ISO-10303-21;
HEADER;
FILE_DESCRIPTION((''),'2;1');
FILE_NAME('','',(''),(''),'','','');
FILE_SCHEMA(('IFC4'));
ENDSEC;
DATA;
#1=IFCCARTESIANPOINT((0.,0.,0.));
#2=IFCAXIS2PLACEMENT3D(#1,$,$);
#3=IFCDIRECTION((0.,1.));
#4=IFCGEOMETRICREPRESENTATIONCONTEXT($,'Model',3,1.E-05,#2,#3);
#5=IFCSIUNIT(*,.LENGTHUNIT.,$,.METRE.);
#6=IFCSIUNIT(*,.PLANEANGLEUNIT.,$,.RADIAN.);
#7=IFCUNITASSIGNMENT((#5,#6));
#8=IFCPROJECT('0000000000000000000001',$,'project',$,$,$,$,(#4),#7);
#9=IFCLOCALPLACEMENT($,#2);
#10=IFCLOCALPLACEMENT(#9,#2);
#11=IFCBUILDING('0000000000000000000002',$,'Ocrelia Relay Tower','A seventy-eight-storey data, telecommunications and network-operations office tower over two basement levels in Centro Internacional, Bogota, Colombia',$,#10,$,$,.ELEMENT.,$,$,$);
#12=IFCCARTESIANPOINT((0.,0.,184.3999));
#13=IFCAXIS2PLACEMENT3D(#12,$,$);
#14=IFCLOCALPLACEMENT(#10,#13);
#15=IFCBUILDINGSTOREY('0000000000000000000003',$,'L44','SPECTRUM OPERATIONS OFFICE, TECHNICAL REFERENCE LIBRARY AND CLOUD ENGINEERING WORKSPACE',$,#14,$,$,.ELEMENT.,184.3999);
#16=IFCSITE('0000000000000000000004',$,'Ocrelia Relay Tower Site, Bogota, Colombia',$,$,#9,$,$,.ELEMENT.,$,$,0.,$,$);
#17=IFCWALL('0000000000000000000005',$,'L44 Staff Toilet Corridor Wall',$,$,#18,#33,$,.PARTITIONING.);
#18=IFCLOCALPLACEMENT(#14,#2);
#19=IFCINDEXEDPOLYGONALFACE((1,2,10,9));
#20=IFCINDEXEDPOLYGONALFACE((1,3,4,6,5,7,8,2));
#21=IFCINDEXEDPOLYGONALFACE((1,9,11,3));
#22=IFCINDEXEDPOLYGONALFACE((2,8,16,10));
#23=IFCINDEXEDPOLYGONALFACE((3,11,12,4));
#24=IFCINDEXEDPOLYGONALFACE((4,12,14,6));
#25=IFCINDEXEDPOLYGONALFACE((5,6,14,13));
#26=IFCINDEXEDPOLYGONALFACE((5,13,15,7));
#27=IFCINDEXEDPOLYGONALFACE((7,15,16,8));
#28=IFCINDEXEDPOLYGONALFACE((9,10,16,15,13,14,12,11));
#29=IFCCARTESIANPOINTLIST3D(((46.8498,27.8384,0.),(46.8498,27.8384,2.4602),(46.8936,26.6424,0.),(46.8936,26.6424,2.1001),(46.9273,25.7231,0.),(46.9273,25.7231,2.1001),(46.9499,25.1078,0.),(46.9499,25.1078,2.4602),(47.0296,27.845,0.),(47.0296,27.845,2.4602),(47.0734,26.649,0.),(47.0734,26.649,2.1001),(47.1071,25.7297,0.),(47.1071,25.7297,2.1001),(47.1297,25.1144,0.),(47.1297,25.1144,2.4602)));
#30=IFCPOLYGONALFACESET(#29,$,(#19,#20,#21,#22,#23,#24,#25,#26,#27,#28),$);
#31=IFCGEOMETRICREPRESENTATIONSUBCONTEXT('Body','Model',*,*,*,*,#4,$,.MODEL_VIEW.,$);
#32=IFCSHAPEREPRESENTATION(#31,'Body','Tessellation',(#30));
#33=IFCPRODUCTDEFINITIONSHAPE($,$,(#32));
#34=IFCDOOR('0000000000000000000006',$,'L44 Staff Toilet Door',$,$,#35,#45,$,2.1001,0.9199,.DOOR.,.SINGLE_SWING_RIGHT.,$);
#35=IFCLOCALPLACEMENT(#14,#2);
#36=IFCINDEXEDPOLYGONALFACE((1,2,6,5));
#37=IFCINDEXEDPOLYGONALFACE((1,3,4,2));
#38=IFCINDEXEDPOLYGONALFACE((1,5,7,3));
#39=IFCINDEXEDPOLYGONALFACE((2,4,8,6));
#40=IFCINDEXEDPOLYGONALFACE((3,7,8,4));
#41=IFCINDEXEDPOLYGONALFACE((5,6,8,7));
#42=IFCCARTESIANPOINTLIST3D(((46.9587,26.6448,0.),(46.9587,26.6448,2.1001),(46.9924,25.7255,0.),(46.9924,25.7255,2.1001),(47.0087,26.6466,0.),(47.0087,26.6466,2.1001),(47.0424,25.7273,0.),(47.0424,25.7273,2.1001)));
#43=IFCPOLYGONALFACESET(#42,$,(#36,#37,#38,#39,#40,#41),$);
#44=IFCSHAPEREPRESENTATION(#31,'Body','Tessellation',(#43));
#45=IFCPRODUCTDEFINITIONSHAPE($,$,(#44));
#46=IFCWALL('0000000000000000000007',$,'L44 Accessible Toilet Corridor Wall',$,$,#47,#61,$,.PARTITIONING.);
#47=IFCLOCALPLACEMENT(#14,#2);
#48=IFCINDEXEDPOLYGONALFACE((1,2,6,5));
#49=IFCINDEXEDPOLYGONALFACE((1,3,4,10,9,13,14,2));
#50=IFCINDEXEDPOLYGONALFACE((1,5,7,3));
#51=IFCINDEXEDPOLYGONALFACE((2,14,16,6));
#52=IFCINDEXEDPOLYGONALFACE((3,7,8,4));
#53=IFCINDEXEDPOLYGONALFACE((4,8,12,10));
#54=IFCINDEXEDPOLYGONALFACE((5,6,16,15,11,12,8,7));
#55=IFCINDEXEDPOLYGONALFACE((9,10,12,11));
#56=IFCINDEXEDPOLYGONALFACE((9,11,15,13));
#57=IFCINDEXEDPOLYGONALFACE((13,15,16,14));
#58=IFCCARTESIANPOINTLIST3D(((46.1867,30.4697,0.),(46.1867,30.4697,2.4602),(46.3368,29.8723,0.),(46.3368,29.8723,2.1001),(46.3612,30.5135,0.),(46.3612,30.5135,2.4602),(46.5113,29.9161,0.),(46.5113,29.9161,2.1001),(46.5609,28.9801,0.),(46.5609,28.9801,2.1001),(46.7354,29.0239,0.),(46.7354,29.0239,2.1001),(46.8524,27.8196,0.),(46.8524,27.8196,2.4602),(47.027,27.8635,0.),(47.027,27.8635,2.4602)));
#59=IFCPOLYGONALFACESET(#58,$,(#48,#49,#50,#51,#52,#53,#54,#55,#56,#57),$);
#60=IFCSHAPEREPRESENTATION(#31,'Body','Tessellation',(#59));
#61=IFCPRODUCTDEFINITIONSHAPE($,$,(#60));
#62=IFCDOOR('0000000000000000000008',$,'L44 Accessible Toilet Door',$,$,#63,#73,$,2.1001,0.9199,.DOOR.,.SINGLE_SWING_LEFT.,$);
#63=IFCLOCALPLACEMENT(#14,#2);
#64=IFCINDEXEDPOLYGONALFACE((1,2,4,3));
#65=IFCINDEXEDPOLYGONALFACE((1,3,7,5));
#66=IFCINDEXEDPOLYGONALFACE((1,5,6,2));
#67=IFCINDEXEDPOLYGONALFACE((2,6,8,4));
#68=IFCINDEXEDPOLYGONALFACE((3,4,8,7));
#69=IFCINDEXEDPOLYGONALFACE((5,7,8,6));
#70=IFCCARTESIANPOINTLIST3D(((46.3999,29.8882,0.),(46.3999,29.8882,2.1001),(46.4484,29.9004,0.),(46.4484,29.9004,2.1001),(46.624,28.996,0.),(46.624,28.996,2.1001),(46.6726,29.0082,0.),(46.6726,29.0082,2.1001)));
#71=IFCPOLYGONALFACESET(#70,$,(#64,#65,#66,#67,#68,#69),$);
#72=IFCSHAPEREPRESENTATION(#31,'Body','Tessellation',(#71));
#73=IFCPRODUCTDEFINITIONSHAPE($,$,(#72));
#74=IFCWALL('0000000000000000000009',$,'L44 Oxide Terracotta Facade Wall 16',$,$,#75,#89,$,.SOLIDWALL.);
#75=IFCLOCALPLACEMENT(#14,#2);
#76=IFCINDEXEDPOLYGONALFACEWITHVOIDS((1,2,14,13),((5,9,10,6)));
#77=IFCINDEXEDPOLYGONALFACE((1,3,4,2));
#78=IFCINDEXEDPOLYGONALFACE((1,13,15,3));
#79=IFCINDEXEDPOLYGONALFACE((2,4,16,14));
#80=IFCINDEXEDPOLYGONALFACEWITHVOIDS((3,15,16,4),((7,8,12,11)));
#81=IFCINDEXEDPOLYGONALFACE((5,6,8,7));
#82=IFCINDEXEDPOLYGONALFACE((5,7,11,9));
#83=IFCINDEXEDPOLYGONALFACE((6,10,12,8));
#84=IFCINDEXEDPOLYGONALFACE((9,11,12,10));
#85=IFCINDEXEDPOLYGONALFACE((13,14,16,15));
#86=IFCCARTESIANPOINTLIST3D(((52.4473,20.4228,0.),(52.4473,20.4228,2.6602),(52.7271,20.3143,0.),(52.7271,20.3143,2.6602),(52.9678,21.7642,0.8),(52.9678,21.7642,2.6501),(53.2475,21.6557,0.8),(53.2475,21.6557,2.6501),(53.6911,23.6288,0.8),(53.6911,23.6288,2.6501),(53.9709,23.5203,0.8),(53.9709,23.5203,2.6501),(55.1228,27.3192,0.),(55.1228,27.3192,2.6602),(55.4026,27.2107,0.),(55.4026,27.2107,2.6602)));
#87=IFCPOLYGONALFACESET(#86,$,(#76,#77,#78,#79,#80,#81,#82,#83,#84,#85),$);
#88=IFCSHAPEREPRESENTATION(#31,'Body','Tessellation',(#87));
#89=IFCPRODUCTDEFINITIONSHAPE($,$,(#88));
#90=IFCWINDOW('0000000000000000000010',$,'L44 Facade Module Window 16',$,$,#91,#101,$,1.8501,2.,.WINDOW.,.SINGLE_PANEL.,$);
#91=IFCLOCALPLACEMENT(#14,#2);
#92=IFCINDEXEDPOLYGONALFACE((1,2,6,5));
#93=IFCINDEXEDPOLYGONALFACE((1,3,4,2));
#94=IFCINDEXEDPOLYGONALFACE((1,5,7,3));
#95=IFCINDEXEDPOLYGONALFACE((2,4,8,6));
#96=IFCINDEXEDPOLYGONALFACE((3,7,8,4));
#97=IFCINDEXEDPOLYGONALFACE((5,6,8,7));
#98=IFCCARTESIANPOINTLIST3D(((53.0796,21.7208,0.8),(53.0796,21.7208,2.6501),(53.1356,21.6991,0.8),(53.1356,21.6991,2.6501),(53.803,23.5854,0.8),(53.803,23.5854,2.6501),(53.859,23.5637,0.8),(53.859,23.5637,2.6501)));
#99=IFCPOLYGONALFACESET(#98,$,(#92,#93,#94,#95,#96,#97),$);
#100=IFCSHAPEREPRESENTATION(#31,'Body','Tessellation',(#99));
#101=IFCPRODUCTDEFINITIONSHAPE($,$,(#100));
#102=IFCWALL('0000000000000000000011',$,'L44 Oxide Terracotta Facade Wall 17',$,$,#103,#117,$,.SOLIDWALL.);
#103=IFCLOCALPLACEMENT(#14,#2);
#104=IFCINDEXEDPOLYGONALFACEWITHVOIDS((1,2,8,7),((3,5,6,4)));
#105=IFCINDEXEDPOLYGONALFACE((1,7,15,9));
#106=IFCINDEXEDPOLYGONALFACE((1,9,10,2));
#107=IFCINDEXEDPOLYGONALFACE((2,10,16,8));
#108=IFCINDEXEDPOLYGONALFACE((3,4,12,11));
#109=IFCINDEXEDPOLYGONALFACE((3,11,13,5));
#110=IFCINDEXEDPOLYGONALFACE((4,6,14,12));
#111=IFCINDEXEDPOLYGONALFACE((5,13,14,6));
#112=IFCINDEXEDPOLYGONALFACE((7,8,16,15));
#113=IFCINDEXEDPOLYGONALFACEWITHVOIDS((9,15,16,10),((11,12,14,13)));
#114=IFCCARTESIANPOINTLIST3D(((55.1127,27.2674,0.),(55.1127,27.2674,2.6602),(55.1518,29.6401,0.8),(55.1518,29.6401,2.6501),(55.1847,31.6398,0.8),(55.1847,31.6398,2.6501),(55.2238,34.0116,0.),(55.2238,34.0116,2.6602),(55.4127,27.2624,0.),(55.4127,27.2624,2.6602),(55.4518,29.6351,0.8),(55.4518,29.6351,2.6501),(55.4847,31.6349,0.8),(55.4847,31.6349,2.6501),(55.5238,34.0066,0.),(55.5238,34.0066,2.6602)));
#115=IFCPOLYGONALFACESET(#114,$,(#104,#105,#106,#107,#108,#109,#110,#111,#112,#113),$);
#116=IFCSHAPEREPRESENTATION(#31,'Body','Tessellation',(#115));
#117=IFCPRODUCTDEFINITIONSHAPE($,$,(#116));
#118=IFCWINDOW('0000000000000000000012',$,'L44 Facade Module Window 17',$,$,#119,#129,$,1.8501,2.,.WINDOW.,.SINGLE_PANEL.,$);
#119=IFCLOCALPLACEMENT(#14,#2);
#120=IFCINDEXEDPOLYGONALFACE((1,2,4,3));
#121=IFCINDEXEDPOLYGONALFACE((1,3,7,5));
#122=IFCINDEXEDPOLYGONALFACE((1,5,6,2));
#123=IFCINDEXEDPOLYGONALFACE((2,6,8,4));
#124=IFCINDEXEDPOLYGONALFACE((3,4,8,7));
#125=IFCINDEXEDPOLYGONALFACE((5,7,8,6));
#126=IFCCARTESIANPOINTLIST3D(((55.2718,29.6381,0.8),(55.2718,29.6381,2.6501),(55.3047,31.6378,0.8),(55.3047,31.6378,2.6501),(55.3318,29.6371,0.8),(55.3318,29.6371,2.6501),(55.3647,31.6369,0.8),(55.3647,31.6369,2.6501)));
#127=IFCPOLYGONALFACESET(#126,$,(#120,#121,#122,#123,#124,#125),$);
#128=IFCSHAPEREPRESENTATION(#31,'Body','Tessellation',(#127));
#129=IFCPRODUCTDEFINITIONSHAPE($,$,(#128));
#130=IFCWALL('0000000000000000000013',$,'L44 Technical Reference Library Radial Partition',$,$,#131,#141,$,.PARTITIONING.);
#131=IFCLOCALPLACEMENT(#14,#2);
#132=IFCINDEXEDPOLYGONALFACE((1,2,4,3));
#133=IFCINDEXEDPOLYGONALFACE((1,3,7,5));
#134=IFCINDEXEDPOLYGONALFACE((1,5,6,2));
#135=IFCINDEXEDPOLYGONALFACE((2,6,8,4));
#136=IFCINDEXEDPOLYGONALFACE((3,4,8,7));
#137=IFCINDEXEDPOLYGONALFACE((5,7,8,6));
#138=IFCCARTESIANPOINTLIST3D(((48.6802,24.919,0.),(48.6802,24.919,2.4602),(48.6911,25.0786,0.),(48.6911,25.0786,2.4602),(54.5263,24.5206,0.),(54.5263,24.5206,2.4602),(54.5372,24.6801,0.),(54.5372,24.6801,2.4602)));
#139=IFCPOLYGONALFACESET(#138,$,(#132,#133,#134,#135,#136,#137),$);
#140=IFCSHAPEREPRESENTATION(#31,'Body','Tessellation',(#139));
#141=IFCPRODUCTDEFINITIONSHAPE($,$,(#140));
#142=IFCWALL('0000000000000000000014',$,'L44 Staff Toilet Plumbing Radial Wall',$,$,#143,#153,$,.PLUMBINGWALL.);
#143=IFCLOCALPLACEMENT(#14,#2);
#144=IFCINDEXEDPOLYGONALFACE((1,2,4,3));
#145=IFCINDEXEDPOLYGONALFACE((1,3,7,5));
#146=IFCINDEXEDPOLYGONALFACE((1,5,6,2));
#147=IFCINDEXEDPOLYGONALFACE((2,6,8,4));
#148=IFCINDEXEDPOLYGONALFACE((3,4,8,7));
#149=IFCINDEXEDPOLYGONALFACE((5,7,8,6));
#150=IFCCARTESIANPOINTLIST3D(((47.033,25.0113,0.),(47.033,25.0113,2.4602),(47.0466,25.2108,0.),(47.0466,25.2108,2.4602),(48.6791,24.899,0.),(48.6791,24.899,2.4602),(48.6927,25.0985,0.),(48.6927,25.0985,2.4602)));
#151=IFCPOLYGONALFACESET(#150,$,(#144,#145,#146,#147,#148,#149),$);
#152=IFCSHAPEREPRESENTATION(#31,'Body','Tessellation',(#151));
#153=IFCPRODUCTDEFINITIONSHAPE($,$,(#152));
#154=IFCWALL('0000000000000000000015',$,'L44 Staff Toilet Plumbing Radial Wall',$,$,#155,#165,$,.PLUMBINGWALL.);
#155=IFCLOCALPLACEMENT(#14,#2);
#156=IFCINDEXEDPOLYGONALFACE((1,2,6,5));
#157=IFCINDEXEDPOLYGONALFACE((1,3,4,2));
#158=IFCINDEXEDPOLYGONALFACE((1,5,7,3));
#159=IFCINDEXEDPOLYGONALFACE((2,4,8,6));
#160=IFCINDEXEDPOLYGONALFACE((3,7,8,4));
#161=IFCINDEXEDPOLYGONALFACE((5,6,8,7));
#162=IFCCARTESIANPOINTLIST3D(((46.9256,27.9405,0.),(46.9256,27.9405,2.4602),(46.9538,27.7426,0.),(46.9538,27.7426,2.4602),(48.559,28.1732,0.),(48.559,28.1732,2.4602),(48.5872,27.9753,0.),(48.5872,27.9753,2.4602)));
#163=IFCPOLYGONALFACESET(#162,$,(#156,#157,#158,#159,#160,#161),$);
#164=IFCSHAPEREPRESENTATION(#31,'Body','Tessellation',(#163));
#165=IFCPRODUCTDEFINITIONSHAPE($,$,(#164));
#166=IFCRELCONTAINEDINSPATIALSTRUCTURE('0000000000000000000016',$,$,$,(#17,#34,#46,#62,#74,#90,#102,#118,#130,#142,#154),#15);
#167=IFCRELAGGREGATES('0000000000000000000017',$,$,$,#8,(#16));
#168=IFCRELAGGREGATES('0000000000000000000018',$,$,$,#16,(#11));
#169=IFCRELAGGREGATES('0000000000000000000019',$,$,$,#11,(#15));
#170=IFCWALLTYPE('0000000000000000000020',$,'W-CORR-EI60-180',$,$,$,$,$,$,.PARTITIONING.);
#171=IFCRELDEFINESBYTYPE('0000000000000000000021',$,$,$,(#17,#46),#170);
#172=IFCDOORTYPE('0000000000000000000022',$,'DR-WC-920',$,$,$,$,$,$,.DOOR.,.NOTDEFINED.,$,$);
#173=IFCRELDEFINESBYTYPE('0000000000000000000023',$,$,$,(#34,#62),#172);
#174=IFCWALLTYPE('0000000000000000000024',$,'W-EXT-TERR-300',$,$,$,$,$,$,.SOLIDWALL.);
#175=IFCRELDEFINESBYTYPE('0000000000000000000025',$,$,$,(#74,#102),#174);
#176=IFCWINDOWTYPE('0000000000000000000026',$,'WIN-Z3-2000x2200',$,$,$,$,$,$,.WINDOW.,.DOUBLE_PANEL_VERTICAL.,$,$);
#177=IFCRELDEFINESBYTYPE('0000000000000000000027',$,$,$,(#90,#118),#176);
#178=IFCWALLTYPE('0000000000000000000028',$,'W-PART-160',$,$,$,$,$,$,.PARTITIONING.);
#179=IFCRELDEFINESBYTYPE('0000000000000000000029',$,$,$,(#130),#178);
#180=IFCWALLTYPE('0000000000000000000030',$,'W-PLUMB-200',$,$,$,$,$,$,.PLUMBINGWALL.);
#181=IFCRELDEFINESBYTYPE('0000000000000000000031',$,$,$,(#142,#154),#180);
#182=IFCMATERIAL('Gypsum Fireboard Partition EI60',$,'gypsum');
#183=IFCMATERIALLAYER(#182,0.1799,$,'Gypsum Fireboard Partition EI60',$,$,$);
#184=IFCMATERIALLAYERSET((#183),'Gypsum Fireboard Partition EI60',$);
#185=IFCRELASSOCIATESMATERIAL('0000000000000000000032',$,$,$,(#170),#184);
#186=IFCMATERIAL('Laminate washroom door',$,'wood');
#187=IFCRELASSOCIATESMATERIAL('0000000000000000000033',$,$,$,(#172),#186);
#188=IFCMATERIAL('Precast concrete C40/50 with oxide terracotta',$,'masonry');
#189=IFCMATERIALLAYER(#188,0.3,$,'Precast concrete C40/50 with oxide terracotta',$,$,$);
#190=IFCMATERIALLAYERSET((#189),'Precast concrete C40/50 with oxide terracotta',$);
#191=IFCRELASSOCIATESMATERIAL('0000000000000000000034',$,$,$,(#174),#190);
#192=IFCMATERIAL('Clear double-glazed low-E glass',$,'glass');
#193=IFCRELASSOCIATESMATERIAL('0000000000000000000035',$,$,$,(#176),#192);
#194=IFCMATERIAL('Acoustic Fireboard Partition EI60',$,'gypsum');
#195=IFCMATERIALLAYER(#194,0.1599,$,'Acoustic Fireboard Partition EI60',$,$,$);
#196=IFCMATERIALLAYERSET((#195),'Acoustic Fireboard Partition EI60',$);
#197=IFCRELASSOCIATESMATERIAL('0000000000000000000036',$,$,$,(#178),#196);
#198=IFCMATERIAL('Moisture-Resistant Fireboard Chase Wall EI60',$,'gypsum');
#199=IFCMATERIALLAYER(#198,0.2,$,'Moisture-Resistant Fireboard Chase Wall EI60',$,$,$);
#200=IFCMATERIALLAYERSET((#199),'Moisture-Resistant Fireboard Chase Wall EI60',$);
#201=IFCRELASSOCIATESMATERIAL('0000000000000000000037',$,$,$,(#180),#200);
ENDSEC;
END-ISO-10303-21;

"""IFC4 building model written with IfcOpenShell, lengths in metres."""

from ifc_helpers import new_model, si_unit, direction, frame, frame_2d, origin, place, context, subcontext, project, spatial, rectangle, extrude, material, layer, layer_set, type_object, element, fill, save


model = new_model("IFC4")

# Units and contexts
model_context = context("Model", 3, precision=1e-05, world=origin(), true_north=direction((0.0, 1.0)))
body_context = subcontext(model_context, "Body", "Model", "MODEL_VIEW")
ifc_project = project(units=[si_unit("LENGTHUNIT", "METRE"), si_unit("PLANEANGLEUNIT", "RADIAN")], contexts=[model_context])

# Site, building, storey
site_placement = place(None, origin())
site = spatial("IfcSite", under=ifc_project, at=site_placement, Name="Ocrelia Relay Tower Site, Bogota, Colombia", CompositionType="ELEMENT", RefElevation=0.0)
building_placement = place(site_placement, origin())
building = spatial("IfcBuilding", under=site, at=building_placement, Name="Ocrelia Relay Tower", Description="A seventy-eight-storey data, telecommunications and network-operations office tower over two basement levels in Centro Internacional, Bogota, Colombia", CompositionType="ELEMENT")
storey_placement = place(building_placement, frame((0.0, 0.0, 184.3999)))
storey = spatial("IfcBuildingStorey", under=building, at=storey_placement, Name="L44", Description="SPECTRUM OPERATIONS OFFICE, TECHNICAL REFERENCE LIBRARY AND CLOUD ENGINEERING WORKSPACE", CompositionType="ELEMENT", Elevation=184.3999)

# Walls, openings, doors
ifc_material_1 = material(Name="Gypsum Fireboard Partition EI60", Category="gypsum")
ifc_layer_1 = layer(ifc_material_1, 0.1799, Name="Gypsum Fireboard Partition EI60")
ifc_layer_set_1 = layer_set([ifc_layer_1], Name="Gypsum Fireboard Partition EI60")
wall_type_1 = type_object("IfcWallType", Name="W-CORR-EI60-180", PredefinedType="PARTITIONING", material=ifc_layer_set_1)
wall_1_placement = place(storey_placement, frame((47.0398, 25.1111, 0.0), z_axis=(0.0, 0.0, 1.0), x_axis=(-0.036635, 0.999329, 0.0)))
wall_1 = element("IfcWall", 1, at=wall_1_placement, inside=storey, type_object=wall_type_1, Name="L44 Staff Toilet Corridor Wall", PredefinedType="PARTITIONING", context=body_context, shape_type="SweptSolid", body=[
    extrude(rectangle(XDim=2.7324, YDim=0.1799, at=frame_2d((1.3662, 0.0))), origin(), (0.0, 0.0, 1.0), 2.4602),
])
opening_1_placement = place(wall_1_placement, frame((0.6157, 0.0, 0.0)))
opening_1 = element("IfcOpeningElement", 2, at=opening_1_placement, cuts=wall_1, PredefinedType="OPENING", context=body_context, shape_type="SweptSolid", body=[
    extrude(rectangle(XDim=0.9199, YDim=2.1001, at=frame_2d((0.46, 1.05))), frame((0.0, 0.1001, 0.0), z_axis=(0.0, -1.0, 0.0), x_axis=(1.0, 0.0, 0.0)), (0.0, 0.0, 1.0), 0.2),
])
ifc_material_2 = material(Name="Laminate washroom door", Category="wood")
door_type_1 = type_object("IfcDoorType", Name="DR-WC-920", OperationType="NOTDEFINED", PredefinedType="DOOR", material=ifc_material_2)
door_1_placement = place(opening_1_placement, origin())
door_1 = element("IfcDoor", 3, at=door_1_placement, inside=storey, type_object=door_type_1, Name="L44 Staff Toilet Door", OperationType="SINGLE_SWING_RIGHT", OverallHeight=2.1001, OverallWidth=0.9199, PredefinedType="DOOR", context=body_context, shape_type="SweptSolid", body=[
    extrude(rectangle(XDim=0.9199, YDim=2.1001, at=frame_2d((0.46, 1.05))), frame((0.0, 0.0249, 0.0), z_axis=(0.0, -1.0, 0.0), x_axis=(1.0, 0.0, 0.0)), (0.0, 0.0, 1.0), 0.05),
])
fill(opening_1, door_1)
wall_2_placement = place(storey_placement, frame((46.9397, 27.8416, 0.0), z_axis=(0.0, 0.0, 1.0), x_axis=(-0.24365, 0.969863, 0.0)))
wall_2 = element("IfcWall", 4, at=wall_2_placement, inside=storey, type_object=wall_type_1, Name="L44 Accessible Toilet Corridor Wall", PredefinedType="PARTITIONING", context=body_context, shape_type="SweptSolid", body=[
    extrude(rectangle(XDim=2.7324, YDim=0.1799, at=frame_2d((1.3662, 0.0))), origin(), (0.0, 0.0, 1.0), 2.4602),
])
opening_2_placement = place(wall_2_placement, frame((1.1965, 0.0, 0.0)))
opening_2 = element("IfcOpeningElement", 5, at=opening_2_placement, cuts=wall_2, PredefinedType="OPENING", context=body_context, shape_type="SweptSolid", body=[
    extrude(rectangle(XDim=0.9199, YDim=2.1001, at=frame_2d((0.46, 1.05))), frame((0.0, 0.1001, 0.0), z_axis=(0.0, -1.0, 0.0), x_axis=(1.0, 0.0, 0.0)), (0.0, 0.0, 1.0), 0.2),
])
door_2_placement = place(opening_2_placement, origin())
door_2 = element("IfcDoor", 6, at=door_2_placement, inside=storey, type_object=door_type_1, Name="L44 Accessible Toilet Door", OperationType="SINGLE_SWING_LEFT", OverallHeight=2.1001, OverallWidth=0.9199, PredefinedType="DOOR", context=body_context, shape_type="SweptSolid", body=[
    extrude(rectangle(XDim=0.9199, YDim=2.1001, at=frame_2d((0.46, 1.05))), frame((0.0, 0.0249, 0.0), z_axis=(0.0, -1.0, 0.0), x_axis=(1.0, 0.0, 0.0)), (0.0, 0.0, 1.0), 0.05),
])
fill(opening_2, door_2)

# Walls, openings, windows
ifc_material_3 = material(Name="Precast concrete C40/50 with oxide terracotta", Category="masonry")
ifc_layer_2 = layer(ifc_material_3, 0.3, Name="Precast concrete C40/50 with oxide terracotta")
ifc_layer_set_2 = layer_set([ifc_layer_2], Name="Precast concrete C40/50 with oxide terracotta")
wall_type_2 = type_object("IfcWallType", Name="W-EXT-TERR-300", PredefinedType="SOLIDWALL", material=ifc_layer_set_2)
wall_3_placement = place(storey_placement, frame((52.5872, 20.3684, 0.0), z_axis=(0.0, 0.0, 1.0), x_axis=(0.361691, 0.932298, 0.0)))
wall_3 = element("IfcWall", 7, at=wall_3_placement, inside=storey, type_object=wall_type_2, Name="L44 Oxide Terracotta Facade Wall 16", PredefinedType="SOLIDWALL", context=body_context, shape_type="SweptSolid", body=[
    extrude(rectangle(XDim=7.3972, YDim=0.3, at=frame_2d((3.6987, 0.0))), origin(), (0.0, 0.0, 1.0), 2.6602),
])
opening_3_placement = place(wall_3_placement, frame((1.439, 0.0, 0.8)))
opening_3 = element("IfcOpeningElement", 8, at=opening_3_placement, cuts=wall_3, PredefinedType="OPENING", context=body_context, shape_type="SweptSolid", body=[
    extrude(rectangle(XDim=2.0, YDim=1.8501, at=frame_2d((1.0, 0.925))), frame((0.0, 0.1602, 0.0), z_axis=(0.0, -1.0, 0.0), x_axis=(1.0, 0.0, 0.0)), (0.0, 0.0, 1.0), 0.3201),
])
ifc_material_4 = material(Name="Clear double-glazed low-E glass", Category="glass")
window_type = type_object("IfcWindowType", Name="WIN-Z3-2000x2200", PartitioningType="DOUBLE_PANEL_VERTICAL", PredefinedType="WINDOW", material=ifc_material_4)
window_1_placement = place(opening_3_placement, origin())
window_1 = element("IfcWindow", 9, at=window_1_placement, inside=storey, type_object=window_type, Name="L44 Facade Module Window 16", OverallHeight=1.8501, OverallWidth=2.0, PartitioningType="SINGLE_PANEL", PredefinedType="WINDOW", context=body_context, shape_type="SweptSolid", body=[
    extrude(rectangle(XDim=2.0, YDim=1.8501, at=frame_2d((1.0, 0.925))), frame((0.0, 0.03, 0.0), z_axis=(0.0, -1.0, 0.0), x_axis=(1.0, 0.0, 0.0)), (0.0, 0.0, 1.0), 0.0601),
])
fill(opening_3, window_1)
wall_4_placement = place(storey_placement, frame((55.2627, 27.2649, 0.0), z_axis=(0.0, 0.0, 1.0), x_axis=(0.016469, 0.999864, 0.0)))
wall_4 = element("IfcWall", 10, at=wall_4_placement, inside=storey, type_object=wall_type_2, Name="L44 Oxide Terracotta Facade Wall 17", PredefinedType="SOLIDWALL", context=body_context, shape_type="SweptSolid", body=[
    extrude(rectangle(XDim=6.7451, YDim=0.3, at=frame_2d((3.3726, 0.0))), origin(), (0.0, 0.0, 1.0), 2.6602),
])
opening_4_placement = place(wall_4_placement, frame((2.373, 0.0, 0.8)))
opening_4 = element("IfcOpeningElement", 11, at=opening_4_placement, cuts=wall_4, PredefinedType="OPENING", context=body_context, shape_type="SweptSolid", body=[
    extrude(rectangle(XDim=2.0, YDim=1.8501, at=frame_2d((1.0, 0.925))), frame((0.0, 0.1602, 0.0), z_axis=(0.0, -1.0, 0.0), x_axis=(1.0, 0.0, 0.0)), (0.0, 0.0, 1.0), 0.3201),
])
window_2_placement = place(opening_4_placement, origin())
window_2 = element("IfcWindow", 12, at=window_2_placement, inside=storey, type_object=window_type, Name="L44 Facade Module Window 17", OverallHeight=1.8501, OverallWidth=2.0, PartitioningType="SINGLE_PANEL", PredefinedType="WINDOW", context=body_context, shape_type="SweptSolid", body=[
    extrude(rectangle(XDim=2.0, YDim=1.8501, at=frame_2d((1.0, 0.925))), frame((0.0, 0.03, 0.0), z_axis=(0.0, -1.0, 0.0), x_axis=(1.0, 0.0, 0.0)), (0.0, 0.0, 1.0), 0.0601),
])
fill(opening_4, window_2)

# Walls
ifc_material_5 = material(Name="Acoustic Fireboard Partition EI60", Category="gypsum")
ifc_layer_3 = layer(ifc_material_5, 0.1599, Name="Acoustic Fireboard Partition EI60")
ifc_layer_set_3 = layer_set([ifc_layer_3], Name="Acoustic Fireboard Partition EI60")
wall_type_3 = type_object("IfcWallType", Name="W-PART-160", PredefinedType="PARTITIONING", material=ifc_layer_set_3)
wall_5_placement = place(storey_placement, frame((48.6858, 24.9988, 0.0), z_axis=(0.0, 0.0, 1.0), x_axis=(0.997685, -0.067998, 0.0)))
element("IfcWall", 13, at=wall_5_placement, inside=storey, type_object=wall_type_3, Name="L44 Technical Reference Library Radial Partition", PredefinedType="PARTITIONING", context=body_context, shape_type="SweptSolid", body=[
    extrude(rectangle(XDim=5.8596, YDim=0.1599, at=frame_2d((2.9297, 0.0))), origin(), (0.0, 0.0, 1.0), 2.4602),
])
ifc_material_6 = material(Name="Moisture-Resistant Fireboard Chase Wall EI60", Category="gypsum")
ifc_layer_4 = layer(ifc_material_6, 0.2, Name="Moisture-Resistant Fireboard Chase Wall EI60")
ifc_layer_set_4 = layer_set([ifc_layer_4], Name="Moisture-Resistant Fireboard Chase Wall EI60")
wall_type_4 = type_object("IfcWallType", Name="W-PLUMB-200", PredefinedType="PLUMBINGWALL", material=ifc_layer_set_4)
for number, where, z_axis, x_axis, name in (
    (14, (47.0398, 25.1111, 0.0), (0.0, 0.0, 1.0), (0.99768, -0.068071, 0.0), "L44 Staff Toilet Plumbing Radial Wall"),
    (15, (46.9397, 27.8416, 0.0), (0.0, 0.0, 1.0), (0.990006, 0.141028, 0.0), "L44 Staff Toilet Plumbing Radial Wall"),
):
    element("IfcWall", number, at=place(storey_placement, frame(where, z_axis=z_axis, x_axis=x_axis)), inside=storey, type_object=wall_type_4, Name=name, PredefinedType="PLUMBINGWALL", context=body_context, shape_type="SweptSolid", body=[
        extrude(rectangle(XDim=1.6499, YDim=0.2, at=frame_2d((0.825, 0.0))), origin(), (0.0, 0.0, 1.0), 2.4602),
    ])

save(model, "model.ifc")
